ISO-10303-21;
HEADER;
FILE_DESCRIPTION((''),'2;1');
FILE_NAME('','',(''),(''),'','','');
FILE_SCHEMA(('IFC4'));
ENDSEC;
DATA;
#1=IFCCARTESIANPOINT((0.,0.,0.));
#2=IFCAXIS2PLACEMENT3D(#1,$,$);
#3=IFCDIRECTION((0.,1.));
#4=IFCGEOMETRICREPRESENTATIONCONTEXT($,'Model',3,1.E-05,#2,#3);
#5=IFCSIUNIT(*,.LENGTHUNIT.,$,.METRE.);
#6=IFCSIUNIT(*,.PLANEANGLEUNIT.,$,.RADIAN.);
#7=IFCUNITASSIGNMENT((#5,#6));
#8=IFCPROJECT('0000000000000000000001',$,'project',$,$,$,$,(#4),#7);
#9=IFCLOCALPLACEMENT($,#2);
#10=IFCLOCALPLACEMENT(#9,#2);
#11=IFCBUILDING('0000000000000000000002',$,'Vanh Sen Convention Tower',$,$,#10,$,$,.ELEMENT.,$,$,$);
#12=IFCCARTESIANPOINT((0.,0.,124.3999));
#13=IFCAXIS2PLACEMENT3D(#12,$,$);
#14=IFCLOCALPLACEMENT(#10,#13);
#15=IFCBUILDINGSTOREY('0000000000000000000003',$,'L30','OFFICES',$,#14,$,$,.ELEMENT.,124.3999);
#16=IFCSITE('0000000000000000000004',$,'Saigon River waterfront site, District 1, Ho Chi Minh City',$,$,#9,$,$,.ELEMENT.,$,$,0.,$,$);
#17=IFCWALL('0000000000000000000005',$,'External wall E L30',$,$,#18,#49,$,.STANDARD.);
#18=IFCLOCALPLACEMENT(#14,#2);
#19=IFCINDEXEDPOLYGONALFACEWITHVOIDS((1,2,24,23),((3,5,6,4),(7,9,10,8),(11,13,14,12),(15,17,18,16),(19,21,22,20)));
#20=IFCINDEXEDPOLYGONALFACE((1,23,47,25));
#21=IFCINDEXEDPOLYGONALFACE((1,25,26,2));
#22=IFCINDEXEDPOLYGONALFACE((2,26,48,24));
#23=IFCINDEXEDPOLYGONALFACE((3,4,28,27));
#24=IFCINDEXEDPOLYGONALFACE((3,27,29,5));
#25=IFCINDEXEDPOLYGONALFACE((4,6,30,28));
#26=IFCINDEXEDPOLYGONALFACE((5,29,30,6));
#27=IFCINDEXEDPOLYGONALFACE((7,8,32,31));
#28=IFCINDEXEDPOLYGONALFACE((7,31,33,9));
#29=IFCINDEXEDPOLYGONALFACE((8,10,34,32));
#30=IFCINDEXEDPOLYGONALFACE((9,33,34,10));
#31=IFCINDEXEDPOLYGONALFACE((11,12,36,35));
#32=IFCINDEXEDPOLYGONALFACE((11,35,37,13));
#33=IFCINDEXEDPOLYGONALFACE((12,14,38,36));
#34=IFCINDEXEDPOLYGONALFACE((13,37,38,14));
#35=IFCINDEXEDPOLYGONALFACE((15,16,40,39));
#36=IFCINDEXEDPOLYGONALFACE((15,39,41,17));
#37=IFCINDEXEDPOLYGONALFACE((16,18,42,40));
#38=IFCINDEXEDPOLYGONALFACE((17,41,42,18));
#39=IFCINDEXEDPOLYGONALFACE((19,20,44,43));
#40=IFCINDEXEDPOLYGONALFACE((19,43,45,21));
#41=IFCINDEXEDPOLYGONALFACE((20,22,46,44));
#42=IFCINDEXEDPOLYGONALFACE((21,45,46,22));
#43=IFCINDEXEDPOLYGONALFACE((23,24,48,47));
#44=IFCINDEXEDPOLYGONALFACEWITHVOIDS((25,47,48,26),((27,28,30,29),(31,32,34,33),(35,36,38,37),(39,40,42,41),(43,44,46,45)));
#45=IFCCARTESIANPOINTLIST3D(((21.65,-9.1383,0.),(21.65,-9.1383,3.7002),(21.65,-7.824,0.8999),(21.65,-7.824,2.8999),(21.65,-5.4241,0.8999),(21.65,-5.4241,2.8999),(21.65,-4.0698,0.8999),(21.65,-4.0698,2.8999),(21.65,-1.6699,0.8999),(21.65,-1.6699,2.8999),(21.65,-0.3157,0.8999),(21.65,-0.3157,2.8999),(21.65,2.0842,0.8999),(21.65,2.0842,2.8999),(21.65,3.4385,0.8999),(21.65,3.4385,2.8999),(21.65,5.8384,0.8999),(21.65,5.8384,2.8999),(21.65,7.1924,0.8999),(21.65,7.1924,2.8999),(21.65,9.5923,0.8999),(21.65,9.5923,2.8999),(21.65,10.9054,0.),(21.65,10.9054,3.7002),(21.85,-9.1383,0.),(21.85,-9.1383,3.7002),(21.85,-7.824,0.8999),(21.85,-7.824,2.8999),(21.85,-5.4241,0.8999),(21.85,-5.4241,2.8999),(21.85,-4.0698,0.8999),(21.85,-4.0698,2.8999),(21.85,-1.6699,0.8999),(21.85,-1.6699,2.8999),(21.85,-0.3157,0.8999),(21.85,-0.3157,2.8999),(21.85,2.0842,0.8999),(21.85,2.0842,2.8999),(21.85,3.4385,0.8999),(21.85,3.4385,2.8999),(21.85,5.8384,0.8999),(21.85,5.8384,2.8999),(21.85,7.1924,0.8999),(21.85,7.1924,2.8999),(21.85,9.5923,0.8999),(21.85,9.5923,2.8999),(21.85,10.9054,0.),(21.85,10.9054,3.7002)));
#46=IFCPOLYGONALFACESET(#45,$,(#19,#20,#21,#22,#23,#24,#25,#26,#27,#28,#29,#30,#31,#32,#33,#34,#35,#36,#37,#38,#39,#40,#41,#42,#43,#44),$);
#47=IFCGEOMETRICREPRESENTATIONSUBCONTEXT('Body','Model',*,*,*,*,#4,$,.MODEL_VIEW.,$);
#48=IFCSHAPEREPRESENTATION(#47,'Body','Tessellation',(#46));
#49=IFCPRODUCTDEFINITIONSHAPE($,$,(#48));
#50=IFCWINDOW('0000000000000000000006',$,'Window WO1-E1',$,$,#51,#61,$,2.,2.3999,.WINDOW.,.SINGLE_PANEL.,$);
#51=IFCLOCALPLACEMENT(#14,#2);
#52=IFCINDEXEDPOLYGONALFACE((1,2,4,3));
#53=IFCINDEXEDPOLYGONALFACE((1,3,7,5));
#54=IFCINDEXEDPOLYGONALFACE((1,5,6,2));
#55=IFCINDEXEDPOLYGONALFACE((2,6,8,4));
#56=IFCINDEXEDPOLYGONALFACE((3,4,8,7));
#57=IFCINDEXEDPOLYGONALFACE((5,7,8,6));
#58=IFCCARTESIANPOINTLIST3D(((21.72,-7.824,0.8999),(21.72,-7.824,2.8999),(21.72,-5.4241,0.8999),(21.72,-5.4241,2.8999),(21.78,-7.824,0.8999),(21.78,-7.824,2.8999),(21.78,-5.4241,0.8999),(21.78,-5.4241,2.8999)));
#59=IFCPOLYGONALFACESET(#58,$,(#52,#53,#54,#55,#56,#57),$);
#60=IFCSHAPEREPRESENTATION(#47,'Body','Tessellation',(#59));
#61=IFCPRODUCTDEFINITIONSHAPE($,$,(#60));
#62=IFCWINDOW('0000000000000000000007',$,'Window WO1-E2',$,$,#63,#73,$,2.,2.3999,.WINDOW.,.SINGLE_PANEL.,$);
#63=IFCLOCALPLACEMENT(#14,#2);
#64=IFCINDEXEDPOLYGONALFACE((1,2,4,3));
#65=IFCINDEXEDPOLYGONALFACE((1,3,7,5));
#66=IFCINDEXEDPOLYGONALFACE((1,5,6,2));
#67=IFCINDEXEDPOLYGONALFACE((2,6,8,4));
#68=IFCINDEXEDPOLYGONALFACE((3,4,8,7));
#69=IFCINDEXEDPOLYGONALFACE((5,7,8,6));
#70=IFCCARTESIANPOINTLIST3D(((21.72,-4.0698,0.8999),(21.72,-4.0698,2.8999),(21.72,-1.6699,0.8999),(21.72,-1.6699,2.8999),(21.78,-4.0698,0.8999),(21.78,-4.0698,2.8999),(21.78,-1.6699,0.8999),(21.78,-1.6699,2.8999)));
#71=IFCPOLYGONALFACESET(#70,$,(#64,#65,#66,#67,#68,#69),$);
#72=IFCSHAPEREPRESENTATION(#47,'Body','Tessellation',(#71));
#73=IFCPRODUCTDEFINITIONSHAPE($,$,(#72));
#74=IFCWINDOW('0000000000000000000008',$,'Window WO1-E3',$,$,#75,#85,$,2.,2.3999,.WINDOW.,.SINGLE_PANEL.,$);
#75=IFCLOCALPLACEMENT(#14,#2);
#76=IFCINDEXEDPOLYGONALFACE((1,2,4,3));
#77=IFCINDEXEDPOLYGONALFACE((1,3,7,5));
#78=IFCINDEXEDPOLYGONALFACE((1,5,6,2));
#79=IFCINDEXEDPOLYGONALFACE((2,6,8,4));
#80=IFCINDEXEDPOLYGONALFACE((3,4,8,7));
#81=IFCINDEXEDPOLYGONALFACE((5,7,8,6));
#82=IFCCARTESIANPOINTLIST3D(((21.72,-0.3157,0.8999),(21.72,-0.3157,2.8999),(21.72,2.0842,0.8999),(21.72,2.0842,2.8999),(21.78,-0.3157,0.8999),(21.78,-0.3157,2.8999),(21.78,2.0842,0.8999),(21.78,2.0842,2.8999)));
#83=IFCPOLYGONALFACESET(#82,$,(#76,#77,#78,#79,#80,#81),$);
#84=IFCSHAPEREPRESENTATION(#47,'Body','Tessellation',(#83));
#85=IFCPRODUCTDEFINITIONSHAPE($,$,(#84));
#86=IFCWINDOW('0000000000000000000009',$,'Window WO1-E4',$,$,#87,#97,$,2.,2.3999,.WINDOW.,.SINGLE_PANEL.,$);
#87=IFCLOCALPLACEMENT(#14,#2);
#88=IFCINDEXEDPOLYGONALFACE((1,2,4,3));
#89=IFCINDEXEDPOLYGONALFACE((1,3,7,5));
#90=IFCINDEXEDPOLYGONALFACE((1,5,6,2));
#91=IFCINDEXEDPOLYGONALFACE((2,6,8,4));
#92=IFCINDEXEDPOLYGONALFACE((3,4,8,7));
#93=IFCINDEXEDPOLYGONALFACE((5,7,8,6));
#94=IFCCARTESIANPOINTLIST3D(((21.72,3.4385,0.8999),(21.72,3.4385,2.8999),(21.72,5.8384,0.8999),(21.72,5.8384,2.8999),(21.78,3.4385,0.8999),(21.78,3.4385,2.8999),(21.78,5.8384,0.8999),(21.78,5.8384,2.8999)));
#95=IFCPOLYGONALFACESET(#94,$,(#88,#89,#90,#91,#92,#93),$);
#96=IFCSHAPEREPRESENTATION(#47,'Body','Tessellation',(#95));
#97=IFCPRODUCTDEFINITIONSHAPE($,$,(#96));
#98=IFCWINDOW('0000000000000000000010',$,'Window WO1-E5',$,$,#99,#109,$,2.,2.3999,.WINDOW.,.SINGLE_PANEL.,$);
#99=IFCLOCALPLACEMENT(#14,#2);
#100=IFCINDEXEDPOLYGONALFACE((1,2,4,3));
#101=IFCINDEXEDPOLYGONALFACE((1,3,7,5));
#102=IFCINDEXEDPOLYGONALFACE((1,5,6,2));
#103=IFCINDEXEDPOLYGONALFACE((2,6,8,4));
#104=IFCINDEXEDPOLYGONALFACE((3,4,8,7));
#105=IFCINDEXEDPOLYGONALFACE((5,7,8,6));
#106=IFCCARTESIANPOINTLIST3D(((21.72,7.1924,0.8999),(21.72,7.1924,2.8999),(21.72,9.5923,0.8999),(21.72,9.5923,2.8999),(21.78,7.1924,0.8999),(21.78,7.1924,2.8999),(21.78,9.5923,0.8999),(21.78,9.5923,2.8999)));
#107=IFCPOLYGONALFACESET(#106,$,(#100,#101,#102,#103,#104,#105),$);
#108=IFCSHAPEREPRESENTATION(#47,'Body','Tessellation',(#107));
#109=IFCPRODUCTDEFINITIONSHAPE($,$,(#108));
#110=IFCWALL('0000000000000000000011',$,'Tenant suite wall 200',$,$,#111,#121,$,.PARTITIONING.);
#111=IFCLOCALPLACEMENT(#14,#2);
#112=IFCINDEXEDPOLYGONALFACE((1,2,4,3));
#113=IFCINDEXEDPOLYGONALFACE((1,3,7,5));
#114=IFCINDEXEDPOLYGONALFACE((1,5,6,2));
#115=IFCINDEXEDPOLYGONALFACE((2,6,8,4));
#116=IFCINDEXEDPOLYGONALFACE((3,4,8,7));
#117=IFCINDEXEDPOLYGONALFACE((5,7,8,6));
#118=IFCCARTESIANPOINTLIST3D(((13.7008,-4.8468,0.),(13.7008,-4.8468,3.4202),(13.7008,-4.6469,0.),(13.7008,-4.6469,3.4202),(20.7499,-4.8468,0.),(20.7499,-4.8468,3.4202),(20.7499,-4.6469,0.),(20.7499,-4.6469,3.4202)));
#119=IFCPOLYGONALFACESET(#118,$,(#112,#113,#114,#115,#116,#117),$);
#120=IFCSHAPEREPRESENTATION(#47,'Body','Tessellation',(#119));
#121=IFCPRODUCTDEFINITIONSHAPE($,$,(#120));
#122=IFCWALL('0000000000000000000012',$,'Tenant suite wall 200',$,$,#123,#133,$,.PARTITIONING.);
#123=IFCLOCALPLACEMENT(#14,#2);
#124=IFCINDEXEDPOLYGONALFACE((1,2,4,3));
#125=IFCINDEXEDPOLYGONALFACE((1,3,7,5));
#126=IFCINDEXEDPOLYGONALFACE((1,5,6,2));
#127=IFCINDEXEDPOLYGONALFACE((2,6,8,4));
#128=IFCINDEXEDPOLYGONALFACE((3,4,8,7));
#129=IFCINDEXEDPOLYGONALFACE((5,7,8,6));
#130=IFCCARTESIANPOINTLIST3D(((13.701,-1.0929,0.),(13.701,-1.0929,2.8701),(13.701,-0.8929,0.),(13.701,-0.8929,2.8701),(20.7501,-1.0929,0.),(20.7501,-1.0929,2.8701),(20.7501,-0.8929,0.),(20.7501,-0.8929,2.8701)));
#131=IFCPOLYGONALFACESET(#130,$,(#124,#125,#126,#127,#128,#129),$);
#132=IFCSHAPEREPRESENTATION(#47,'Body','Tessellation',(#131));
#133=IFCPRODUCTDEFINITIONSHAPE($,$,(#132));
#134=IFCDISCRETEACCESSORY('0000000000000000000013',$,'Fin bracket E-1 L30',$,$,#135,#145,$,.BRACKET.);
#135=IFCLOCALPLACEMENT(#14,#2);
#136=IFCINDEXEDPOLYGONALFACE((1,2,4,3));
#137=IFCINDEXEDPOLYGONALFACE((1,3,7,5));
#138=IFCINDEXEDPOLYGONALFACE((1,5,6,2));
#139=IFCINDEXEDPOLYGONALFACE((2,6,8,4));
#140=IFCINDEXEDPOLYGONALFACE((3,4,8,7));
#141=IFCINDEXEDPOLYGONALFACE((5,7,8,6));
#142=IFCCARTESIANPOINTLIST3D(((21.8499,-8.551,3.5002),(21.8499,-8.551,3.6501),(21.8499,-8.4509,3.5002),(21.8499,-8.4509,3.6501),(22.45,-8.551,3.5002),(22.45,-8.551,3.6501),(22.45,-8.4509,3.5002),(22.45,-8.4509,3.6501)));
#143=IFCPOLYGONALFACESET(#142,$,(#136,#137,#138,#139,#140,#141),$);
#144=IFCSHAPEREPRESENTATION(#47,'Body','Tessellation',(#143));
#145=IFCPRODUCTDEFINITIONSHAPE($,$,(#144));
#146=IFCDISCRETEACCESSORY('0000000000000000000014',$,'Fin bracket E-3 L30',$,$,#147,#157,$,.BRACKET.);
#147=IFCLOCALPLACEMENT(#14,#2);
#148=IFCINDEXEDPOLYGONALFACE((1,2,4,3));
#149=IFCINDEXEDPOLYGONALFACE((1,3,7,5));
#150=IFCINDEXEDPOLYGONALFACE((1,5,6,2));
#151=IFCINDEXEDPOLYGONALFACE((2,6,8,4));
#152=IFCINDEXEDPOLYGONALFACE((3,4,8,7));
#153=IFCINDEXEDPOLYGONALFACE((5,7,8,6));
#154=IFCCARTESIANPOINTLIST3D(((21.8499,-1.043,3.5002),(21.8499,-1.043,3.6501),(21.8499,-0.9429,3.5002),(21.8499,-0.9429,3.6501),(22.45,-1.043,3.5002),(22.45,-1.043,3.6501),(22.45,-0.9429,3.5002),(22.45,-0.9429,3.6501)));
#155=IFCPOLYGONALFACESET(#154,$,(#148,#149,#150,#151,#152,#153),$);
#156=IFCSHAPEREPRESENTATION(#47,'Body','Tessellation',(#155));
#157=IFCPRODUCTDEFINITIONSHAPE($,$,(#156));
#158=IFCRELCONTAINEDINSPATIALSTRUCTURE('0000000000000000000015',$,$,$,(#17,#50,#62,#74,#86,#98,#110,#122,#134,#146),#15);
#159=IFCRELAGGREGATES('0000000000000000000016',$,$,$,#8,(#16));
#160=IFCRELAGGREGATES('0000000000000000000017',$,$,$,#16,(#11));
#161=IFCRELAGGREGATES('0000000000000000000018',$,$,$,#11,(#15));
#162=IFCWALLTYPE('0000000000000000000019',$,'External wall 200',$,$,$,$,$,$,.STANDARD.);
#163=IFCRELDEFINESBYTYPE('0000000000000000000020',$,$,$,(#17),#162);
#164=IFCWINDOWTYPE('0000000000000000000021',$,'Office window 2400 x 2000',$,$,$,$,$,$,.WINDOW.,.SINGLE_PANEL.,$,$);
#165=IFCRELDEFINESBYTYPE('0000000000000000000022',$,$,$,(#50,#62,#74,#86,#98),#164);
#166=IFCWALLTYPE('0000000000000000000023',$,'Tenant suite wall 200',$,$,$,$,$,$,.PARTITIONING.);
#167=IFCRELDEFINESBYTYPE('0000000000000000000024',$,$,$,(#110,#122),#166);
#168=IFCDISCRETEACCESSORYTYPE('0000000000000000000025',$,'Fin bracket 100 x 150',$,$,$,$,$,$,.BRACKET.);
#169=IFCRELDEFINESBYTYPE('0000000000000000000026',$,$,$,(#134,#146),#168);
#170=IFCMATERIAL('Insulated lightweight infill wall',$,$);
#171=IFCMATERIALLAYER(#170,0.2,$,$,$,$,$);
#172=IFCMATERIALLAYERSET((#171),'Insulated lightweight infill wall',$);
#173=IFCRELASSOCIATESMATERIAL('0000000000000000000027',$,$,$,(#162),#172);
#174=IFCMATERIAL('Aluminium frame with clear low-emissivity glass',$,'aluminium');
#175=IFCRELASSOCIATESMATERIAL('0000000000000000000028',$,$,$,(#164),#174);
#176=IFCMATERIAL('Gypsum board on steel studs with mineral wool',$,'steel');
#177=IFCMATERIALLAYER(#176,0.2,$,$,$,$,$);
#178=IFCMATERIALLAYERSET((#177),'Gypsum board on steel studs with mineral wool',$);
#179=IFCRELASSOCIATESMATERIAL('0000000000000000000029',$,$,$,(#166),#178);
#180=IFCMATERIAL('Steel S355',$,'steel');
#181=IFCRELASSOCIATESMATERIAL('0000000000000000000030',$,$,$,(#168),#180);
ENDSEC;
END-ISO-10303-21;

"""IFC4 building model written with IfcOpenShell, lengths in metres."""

from ifc_helpers import new_model, si_unit, direction, frame, frame_2d, origin, origin_2d, place, context, subcontext, project, spatial, rectangle, extrude, material, layer, layer_set, type_object, element, fill, save


model = new_model("IFC4")

# Units and contexts
model_context = context("Model", 3, precision=1e-05, world=origin(), true_north=direction((0.0, 1.0)))
body_context = subcontext(model_context, "Body", "Model", "MODEL_VIEW")
ifc_project = project(units=[si_unit("LENGTHUNIT", "METRE"), si_unit("PLANEANGLEUNIT", "RADIAN")], contexts=[model_context])

# Site, building, storey
site_placement = place(None, origin())
site = spatial("IfcSite", under=ifc_project, at=site_placement, Name="Saigon River waterfront site, District 1, Ho Chi Minh City", CompositionType="ELEMENT", RefElevation=0.0)
building_placement = place(site_placement, origin())
building = spatial("IfcBuilding", under=site, at=building_placement, Name="Vanh Sen Convention Tower", CompositionType="ELEMENT")
storey_placement = place(building_placement, frame((0.0, 0.0, 124.3999)))
storey = spatial("IfcBuildingStorey", under=building, at=storey_placement, Name="L30", Description="OFFICES", CompositionType="ELEMENT", Elevation=124.3999)

# Wall, openings, windows
ifc_material_1 = material(Name="Insulated lightweight infill wall")
ifc_layer_1 = layer(ifc_material_1, 0.2)
ifc_layer_set_1 = layer_set([ifc_layer_1], Name="Insulated lightweight infill wall")
wall_type_1 = type_object("IfcWallType", Name="External wall 200", PredefinedType="STANDARD", material=ifc_layer_set_1)
wall_1_placement = place(storey_placement, frame((21.75, -9.1384, 0.0), z_axis=(0.0, 0.0, 1.0), x_axis=(0.0, 1.0, 0.0)))
wall_1 = element("IfcWall", 1, at=wall_1_placement, inside=storey, type_object=wall_type_1, Name="External wall E L30", PredefinedType="STANDARD", context=body_context, shape_type="SweptSolid", body=[
    extrude(rectangle(XDim=20.0437, YDim=0.2, at=frame_2d((10.022, 0.0))), origin(), (0.0, 0.0, 1.0), 3.7002),
])
opening_1_placement = place(wall_1_placement, frame((1.3145, 0.0, 0.8999)))
opening_1 = element("IfcOpeningElement", 2, at=opening_1_placement, cuts=wall_1, PredefinedType="OPENING", context=body_context, shape_type="SweptSolid", body=[
    extrude(rectangle(XDim=2.3999, YDim=2.0, at=frame_2d((1.2, 1.0))), frame((0.0, 0.1099, 0.0), z_axis=(0.0, -1.0, 0.0), x_axis=(1.0, 0.0, 0.0)), (0.0, 0.0, 1.0), 0.22),
])
opening_2_placement = place(wall_1_placement, frame((5.0686, 0.0, 0.8999)))
opening_2 = element("IfcOpeningElement", 3, at=opening_2_placement, cuts=wall_1, PredefinedType="OPENING", context=body_context, shape_type="SweptSolid", body=[
    extrude(rectangle(XDim=2.3999, YDim=2.0, at=frame_2d((1.2, 1.0))), frame((0.0, 0.1099, 0.0), z_axis=(0.0, -1.0, 0.0), x_axis=(1.0, 0.0, 0.0)), (0.0, 0.0, 1.0), 0.22),
])
opening_3_placement = place(wall_1_placement, frame((8.8228, 0.0, 0.8999)))
opening_3 = element("IfcOpeningElement", 4, at=opening_3_placement, cuts=wall_1, PredefinedType="OPENING", context=body_context, shape_type="SweptSolid", body=[
    extrude(rectangle(XDim=2.3999, YDim=2.0, at=frame_2d((1.2, 1.0))), frame((0.0, 0.1099, 0.0), z_axis=(0.0, -1.0, 0.0), x_axis=(1.0, 0.0, 0.0)), (0.0, 0.0, 1.0), 0.22),
])
opening_4_placement = place(wall_1_placement, frame((12.5769, 0.0, 0.8999)))
opening_4 = element("IfcOpeningElement", 5, at=opening_4_placement, cuts=wall_1, PredefinedType="OPENING", context=body_context, shape_type="SweptSolid", body=[
    extrude(rectangle(XDim=2.3999, YDim=2.0, at=frame_2d((1.2, 1.0))), frame((0.0, 0.1099, 0.0), z_axis=(0.0, -1.0, 0.0), x_axis=(1.0, 0.0, 0.0)), (0.0, 0.0, 1.0), 0.22),
])
opening_5_placement = place(wall_1_placement, frame((16.3308, 0.0, 0.8999)))
opening_5 = element("IfcOpeningElement", 6, at=opening_5_placement, cuts=wall_1, PredefinedType="OPENING", context=body_context, shape_type="SweptSolid", body=[
    extrude(rectangle(XDim=2.3999, YDim=2.0, at=frame_2d((1.2, 1.0))), frame((0.0, 0.1099, 0.0), z_axis=(0.0, -1.0, 0.0), x_axis=(1.0, 0.0, 0.0)), (0.0, 0.0, 1.0), 0.22),
])
ifc_material_2 = material(Name="Aluminium frame with clear low-emissivity glass", Category="aluminium")
window_type = type_object("IfcWindowType", Name="Office window 2400 x 2000", PartitioningType="SINGLE_PANEL", PredefinedType="WINDOW", material=ifc_material_2)
window_1_placement = place(opening_1_placement, origin())
window_1 = element("IfcWindow", 7, at=window_1_placement, inside=storey, type_object=window_type, Name="Window WO1-E1", OverallHeight=2.0, OverallWidth=2.3999, PartitioningType="SINGLE_PANEL", PredefinedType="WINDOW", context=body_context, shape_type="SweptSolid", body=[
    extrude(rectangle(XDim=2.3999, YDim=2.0, at=frame_2d((1.2, 1.0))), frame((0.0, 0.03, 0.0), z_axis=(0.0, -1.0, 0.0), x_axis=(1.0, 0.0, 0.0)), (0.0, 0.0, 1.0), 0.0601),
])
fill(opening_1, window_1)
window_2_placement = place(opening_2_placement, origin())
window_2 = element("IfcWindow", 8, at=window_2_placement, inside=storey, type_object=window_type, Name="Window WO1-E2", OverallHeight=2.0, OverallWidth=2.3999, PartitioningType="SINGLE_PANEL", PredefinedType="WINDOW", context=body_context, shape_type="SweptSolid", body=[
    extrude(rectangle(XDim=2.3999, YDim=2.0, at=frame_2d((1.2, 1.0))), frame((0.0, 0.03, 0.0), z_axis=(0.0, -1.0, 0.0), x_axis=(1.0, 0.0, 0.0)), (0.0, 0.0, 1.0), 0.0601),
])
fill(opening_2, window_2)
window_3_placement = place(opening_3_placement, origin())
window_3 = element("IfcWindow", 9, at=window_3_placement, inside=storey, type_object=window_type, Name="Window WO1-E3", OverallHeight=2.0, OverallWidth=2.3999, PartitioningType="SINGLE_PANEL", PredefinedType="WINDOW", context=body_context, shape_type="SweptSolid", body=[
    extrude(rectangle(XDim=2.3999, YDim=2.0, at=frame_2d((1.2, 1.0))), frame((0.0, 0.03, 0.0), z_axis=(0.0, -1.0, 0.0), x_axis=(1.0, 0.0, 0.0)), (0.0, 0.0, 1.0), 0.0601),
])
fill(opening_3, window_3)
window_4_placement = place(opening_4_placement, origin())
window_4 = element("IfcWindow", 10, at=window_4_placement, inside=storey, type_object=window_type, Name="Window WO1-E4", OverallHeight=2.0, OverallWidth=2.3999, PartitioningType="SINGLE_PANEL", PredefinedType="WINDOW", context=body_context, shape_type="SweptSolid", body=[
    extrude(rectangle(XDim=2.3999, YDim=2.0, at=frame_2d((1.2, 1.0))), frame((0.0, 0.03, 0.0), z_axis=(0.0, -1.0, 0.0), x_axis=(1.0, 0.0, 0.0)), (0.0, 0.0, 1.0), 0.0601),
])
fill(opening_4, window_4)
window_5_placement = place(opening_5_placement, origin())
window_5 = element("IfcWindow", 11, at=window_5_placement, inside=storey, type_object=window_type, Name="Window WO1-E5", OverallHeight=2.0, OverallWidth=2.3999, PartitioningType="SINGLE_PANEL", PredefinedType="WINDOW", context=body_context, shape_type="SweptSolid", body=[
    extrude(rectangle(XDim=2.3999, YDim=2.0, at=frame_2d((1.2, 1.0))), frame((0.0, 0.03, 0.0), z_axis=(0.0, -1.0, 0.0), x_axis=(1.0, 0.0, 0.0)), (0.0, 0.0, 1.0), 0.0601),
])
fill(opening_5, window_5)

# Walls
ifc_material_3 = material(Name="Gypsum board on steel studs with mineral wool", Category="steel")
ifc_layer_2 = layer(ifc_material_3, 0.2)
ifc_layer_set_2 = layer_set([ifc_layer_2], Name="Gypsum board on steel studs with mineral wool")
wall_type_2 = type_object("IfcWallType", Name="Tenant suite wall 200", PredefinedType="PARTITIONING", material=ifc_layer_set_2)
wall_2_placement = place(storey_placement, frame((13.7009, -4.7468, 0.0), z_axis=(0.0, 0.0, 1.0), x_axis=(1.0, 0.0, 0.0)))
element("IfcWall", 12, at=wall_2_placement, inside=storey, type_object=wall_type_2, Name="Tenant suite wall 200", PredefinedType="PARTITIONING", context=body_context, shape_type="SweptSolid", body=[
    extrude(rectangle(XDim=7.0491, YDim=0.2, at=frame_2d((3.5244, 0.0))), origin(), (0.0, 0.0, 1.0), 3.4202),
])
wall_3_placement = place(storey_placement, frame((20.75, -0.9929, 0.0), z_axis=(0.0, 0.0, 1.0), x_axis=(-1.0, 0.0, 0.0)))
element("IfcWall", 13, at=wall_3_placement, inside=storey, type_object=wall_type_2, Name="Tenant suite wall 200", PredefinedType="PARTITIONING", context=body_context, shape_type="SweptSolid", body=[
    extrude(rectangle(XDim=7.0491, YDim=0.2, at=frame_2d((3.5244, 0.0))), origin(), (0.0, 0.0, 1.0), 2.8701),
])

# Discrete accessories
ifc_material_4 = material(Name="Steel S355", Category="steel")
discrete_accessory_type = type_object("IfcDiscreteAccessoryType", Name="Fin bracket 100 x 150", PredefinedType="BRACKET", material=ifc_material_4)
for number, where, z_axis, x_axis, name in (
    (14, (22.1499, -8.501, 3.5002), (0.0, 0.0, 1.0), (1.0, 0.0, 0.0), "Fin bracket E-1 L30"),
    (15, (22.1499, -0.9929, 3.5002), (0.0, 0.0, 1.0), (1.0, 0.0, 0.0), "Fin bracket E-3 L30"),
):
    element("IfcDiscreteAccessory", number, at=place(storey_placement, frame(where, z_axis=z_axis, x_axis=x_axis)), inside=storey, type_object=discrete_accessory_type, Name=name, PredefinedType="BRACKET", context=body_context, shape_type="SweptSolid", body=[
        extrude(rectangle(XDim=0.6001, YDim=0.1001, at=origin_2d()), origin(), (0.0, 0.0, 1.0), 0.1499),
    ])

save(model, "model.ifc")
